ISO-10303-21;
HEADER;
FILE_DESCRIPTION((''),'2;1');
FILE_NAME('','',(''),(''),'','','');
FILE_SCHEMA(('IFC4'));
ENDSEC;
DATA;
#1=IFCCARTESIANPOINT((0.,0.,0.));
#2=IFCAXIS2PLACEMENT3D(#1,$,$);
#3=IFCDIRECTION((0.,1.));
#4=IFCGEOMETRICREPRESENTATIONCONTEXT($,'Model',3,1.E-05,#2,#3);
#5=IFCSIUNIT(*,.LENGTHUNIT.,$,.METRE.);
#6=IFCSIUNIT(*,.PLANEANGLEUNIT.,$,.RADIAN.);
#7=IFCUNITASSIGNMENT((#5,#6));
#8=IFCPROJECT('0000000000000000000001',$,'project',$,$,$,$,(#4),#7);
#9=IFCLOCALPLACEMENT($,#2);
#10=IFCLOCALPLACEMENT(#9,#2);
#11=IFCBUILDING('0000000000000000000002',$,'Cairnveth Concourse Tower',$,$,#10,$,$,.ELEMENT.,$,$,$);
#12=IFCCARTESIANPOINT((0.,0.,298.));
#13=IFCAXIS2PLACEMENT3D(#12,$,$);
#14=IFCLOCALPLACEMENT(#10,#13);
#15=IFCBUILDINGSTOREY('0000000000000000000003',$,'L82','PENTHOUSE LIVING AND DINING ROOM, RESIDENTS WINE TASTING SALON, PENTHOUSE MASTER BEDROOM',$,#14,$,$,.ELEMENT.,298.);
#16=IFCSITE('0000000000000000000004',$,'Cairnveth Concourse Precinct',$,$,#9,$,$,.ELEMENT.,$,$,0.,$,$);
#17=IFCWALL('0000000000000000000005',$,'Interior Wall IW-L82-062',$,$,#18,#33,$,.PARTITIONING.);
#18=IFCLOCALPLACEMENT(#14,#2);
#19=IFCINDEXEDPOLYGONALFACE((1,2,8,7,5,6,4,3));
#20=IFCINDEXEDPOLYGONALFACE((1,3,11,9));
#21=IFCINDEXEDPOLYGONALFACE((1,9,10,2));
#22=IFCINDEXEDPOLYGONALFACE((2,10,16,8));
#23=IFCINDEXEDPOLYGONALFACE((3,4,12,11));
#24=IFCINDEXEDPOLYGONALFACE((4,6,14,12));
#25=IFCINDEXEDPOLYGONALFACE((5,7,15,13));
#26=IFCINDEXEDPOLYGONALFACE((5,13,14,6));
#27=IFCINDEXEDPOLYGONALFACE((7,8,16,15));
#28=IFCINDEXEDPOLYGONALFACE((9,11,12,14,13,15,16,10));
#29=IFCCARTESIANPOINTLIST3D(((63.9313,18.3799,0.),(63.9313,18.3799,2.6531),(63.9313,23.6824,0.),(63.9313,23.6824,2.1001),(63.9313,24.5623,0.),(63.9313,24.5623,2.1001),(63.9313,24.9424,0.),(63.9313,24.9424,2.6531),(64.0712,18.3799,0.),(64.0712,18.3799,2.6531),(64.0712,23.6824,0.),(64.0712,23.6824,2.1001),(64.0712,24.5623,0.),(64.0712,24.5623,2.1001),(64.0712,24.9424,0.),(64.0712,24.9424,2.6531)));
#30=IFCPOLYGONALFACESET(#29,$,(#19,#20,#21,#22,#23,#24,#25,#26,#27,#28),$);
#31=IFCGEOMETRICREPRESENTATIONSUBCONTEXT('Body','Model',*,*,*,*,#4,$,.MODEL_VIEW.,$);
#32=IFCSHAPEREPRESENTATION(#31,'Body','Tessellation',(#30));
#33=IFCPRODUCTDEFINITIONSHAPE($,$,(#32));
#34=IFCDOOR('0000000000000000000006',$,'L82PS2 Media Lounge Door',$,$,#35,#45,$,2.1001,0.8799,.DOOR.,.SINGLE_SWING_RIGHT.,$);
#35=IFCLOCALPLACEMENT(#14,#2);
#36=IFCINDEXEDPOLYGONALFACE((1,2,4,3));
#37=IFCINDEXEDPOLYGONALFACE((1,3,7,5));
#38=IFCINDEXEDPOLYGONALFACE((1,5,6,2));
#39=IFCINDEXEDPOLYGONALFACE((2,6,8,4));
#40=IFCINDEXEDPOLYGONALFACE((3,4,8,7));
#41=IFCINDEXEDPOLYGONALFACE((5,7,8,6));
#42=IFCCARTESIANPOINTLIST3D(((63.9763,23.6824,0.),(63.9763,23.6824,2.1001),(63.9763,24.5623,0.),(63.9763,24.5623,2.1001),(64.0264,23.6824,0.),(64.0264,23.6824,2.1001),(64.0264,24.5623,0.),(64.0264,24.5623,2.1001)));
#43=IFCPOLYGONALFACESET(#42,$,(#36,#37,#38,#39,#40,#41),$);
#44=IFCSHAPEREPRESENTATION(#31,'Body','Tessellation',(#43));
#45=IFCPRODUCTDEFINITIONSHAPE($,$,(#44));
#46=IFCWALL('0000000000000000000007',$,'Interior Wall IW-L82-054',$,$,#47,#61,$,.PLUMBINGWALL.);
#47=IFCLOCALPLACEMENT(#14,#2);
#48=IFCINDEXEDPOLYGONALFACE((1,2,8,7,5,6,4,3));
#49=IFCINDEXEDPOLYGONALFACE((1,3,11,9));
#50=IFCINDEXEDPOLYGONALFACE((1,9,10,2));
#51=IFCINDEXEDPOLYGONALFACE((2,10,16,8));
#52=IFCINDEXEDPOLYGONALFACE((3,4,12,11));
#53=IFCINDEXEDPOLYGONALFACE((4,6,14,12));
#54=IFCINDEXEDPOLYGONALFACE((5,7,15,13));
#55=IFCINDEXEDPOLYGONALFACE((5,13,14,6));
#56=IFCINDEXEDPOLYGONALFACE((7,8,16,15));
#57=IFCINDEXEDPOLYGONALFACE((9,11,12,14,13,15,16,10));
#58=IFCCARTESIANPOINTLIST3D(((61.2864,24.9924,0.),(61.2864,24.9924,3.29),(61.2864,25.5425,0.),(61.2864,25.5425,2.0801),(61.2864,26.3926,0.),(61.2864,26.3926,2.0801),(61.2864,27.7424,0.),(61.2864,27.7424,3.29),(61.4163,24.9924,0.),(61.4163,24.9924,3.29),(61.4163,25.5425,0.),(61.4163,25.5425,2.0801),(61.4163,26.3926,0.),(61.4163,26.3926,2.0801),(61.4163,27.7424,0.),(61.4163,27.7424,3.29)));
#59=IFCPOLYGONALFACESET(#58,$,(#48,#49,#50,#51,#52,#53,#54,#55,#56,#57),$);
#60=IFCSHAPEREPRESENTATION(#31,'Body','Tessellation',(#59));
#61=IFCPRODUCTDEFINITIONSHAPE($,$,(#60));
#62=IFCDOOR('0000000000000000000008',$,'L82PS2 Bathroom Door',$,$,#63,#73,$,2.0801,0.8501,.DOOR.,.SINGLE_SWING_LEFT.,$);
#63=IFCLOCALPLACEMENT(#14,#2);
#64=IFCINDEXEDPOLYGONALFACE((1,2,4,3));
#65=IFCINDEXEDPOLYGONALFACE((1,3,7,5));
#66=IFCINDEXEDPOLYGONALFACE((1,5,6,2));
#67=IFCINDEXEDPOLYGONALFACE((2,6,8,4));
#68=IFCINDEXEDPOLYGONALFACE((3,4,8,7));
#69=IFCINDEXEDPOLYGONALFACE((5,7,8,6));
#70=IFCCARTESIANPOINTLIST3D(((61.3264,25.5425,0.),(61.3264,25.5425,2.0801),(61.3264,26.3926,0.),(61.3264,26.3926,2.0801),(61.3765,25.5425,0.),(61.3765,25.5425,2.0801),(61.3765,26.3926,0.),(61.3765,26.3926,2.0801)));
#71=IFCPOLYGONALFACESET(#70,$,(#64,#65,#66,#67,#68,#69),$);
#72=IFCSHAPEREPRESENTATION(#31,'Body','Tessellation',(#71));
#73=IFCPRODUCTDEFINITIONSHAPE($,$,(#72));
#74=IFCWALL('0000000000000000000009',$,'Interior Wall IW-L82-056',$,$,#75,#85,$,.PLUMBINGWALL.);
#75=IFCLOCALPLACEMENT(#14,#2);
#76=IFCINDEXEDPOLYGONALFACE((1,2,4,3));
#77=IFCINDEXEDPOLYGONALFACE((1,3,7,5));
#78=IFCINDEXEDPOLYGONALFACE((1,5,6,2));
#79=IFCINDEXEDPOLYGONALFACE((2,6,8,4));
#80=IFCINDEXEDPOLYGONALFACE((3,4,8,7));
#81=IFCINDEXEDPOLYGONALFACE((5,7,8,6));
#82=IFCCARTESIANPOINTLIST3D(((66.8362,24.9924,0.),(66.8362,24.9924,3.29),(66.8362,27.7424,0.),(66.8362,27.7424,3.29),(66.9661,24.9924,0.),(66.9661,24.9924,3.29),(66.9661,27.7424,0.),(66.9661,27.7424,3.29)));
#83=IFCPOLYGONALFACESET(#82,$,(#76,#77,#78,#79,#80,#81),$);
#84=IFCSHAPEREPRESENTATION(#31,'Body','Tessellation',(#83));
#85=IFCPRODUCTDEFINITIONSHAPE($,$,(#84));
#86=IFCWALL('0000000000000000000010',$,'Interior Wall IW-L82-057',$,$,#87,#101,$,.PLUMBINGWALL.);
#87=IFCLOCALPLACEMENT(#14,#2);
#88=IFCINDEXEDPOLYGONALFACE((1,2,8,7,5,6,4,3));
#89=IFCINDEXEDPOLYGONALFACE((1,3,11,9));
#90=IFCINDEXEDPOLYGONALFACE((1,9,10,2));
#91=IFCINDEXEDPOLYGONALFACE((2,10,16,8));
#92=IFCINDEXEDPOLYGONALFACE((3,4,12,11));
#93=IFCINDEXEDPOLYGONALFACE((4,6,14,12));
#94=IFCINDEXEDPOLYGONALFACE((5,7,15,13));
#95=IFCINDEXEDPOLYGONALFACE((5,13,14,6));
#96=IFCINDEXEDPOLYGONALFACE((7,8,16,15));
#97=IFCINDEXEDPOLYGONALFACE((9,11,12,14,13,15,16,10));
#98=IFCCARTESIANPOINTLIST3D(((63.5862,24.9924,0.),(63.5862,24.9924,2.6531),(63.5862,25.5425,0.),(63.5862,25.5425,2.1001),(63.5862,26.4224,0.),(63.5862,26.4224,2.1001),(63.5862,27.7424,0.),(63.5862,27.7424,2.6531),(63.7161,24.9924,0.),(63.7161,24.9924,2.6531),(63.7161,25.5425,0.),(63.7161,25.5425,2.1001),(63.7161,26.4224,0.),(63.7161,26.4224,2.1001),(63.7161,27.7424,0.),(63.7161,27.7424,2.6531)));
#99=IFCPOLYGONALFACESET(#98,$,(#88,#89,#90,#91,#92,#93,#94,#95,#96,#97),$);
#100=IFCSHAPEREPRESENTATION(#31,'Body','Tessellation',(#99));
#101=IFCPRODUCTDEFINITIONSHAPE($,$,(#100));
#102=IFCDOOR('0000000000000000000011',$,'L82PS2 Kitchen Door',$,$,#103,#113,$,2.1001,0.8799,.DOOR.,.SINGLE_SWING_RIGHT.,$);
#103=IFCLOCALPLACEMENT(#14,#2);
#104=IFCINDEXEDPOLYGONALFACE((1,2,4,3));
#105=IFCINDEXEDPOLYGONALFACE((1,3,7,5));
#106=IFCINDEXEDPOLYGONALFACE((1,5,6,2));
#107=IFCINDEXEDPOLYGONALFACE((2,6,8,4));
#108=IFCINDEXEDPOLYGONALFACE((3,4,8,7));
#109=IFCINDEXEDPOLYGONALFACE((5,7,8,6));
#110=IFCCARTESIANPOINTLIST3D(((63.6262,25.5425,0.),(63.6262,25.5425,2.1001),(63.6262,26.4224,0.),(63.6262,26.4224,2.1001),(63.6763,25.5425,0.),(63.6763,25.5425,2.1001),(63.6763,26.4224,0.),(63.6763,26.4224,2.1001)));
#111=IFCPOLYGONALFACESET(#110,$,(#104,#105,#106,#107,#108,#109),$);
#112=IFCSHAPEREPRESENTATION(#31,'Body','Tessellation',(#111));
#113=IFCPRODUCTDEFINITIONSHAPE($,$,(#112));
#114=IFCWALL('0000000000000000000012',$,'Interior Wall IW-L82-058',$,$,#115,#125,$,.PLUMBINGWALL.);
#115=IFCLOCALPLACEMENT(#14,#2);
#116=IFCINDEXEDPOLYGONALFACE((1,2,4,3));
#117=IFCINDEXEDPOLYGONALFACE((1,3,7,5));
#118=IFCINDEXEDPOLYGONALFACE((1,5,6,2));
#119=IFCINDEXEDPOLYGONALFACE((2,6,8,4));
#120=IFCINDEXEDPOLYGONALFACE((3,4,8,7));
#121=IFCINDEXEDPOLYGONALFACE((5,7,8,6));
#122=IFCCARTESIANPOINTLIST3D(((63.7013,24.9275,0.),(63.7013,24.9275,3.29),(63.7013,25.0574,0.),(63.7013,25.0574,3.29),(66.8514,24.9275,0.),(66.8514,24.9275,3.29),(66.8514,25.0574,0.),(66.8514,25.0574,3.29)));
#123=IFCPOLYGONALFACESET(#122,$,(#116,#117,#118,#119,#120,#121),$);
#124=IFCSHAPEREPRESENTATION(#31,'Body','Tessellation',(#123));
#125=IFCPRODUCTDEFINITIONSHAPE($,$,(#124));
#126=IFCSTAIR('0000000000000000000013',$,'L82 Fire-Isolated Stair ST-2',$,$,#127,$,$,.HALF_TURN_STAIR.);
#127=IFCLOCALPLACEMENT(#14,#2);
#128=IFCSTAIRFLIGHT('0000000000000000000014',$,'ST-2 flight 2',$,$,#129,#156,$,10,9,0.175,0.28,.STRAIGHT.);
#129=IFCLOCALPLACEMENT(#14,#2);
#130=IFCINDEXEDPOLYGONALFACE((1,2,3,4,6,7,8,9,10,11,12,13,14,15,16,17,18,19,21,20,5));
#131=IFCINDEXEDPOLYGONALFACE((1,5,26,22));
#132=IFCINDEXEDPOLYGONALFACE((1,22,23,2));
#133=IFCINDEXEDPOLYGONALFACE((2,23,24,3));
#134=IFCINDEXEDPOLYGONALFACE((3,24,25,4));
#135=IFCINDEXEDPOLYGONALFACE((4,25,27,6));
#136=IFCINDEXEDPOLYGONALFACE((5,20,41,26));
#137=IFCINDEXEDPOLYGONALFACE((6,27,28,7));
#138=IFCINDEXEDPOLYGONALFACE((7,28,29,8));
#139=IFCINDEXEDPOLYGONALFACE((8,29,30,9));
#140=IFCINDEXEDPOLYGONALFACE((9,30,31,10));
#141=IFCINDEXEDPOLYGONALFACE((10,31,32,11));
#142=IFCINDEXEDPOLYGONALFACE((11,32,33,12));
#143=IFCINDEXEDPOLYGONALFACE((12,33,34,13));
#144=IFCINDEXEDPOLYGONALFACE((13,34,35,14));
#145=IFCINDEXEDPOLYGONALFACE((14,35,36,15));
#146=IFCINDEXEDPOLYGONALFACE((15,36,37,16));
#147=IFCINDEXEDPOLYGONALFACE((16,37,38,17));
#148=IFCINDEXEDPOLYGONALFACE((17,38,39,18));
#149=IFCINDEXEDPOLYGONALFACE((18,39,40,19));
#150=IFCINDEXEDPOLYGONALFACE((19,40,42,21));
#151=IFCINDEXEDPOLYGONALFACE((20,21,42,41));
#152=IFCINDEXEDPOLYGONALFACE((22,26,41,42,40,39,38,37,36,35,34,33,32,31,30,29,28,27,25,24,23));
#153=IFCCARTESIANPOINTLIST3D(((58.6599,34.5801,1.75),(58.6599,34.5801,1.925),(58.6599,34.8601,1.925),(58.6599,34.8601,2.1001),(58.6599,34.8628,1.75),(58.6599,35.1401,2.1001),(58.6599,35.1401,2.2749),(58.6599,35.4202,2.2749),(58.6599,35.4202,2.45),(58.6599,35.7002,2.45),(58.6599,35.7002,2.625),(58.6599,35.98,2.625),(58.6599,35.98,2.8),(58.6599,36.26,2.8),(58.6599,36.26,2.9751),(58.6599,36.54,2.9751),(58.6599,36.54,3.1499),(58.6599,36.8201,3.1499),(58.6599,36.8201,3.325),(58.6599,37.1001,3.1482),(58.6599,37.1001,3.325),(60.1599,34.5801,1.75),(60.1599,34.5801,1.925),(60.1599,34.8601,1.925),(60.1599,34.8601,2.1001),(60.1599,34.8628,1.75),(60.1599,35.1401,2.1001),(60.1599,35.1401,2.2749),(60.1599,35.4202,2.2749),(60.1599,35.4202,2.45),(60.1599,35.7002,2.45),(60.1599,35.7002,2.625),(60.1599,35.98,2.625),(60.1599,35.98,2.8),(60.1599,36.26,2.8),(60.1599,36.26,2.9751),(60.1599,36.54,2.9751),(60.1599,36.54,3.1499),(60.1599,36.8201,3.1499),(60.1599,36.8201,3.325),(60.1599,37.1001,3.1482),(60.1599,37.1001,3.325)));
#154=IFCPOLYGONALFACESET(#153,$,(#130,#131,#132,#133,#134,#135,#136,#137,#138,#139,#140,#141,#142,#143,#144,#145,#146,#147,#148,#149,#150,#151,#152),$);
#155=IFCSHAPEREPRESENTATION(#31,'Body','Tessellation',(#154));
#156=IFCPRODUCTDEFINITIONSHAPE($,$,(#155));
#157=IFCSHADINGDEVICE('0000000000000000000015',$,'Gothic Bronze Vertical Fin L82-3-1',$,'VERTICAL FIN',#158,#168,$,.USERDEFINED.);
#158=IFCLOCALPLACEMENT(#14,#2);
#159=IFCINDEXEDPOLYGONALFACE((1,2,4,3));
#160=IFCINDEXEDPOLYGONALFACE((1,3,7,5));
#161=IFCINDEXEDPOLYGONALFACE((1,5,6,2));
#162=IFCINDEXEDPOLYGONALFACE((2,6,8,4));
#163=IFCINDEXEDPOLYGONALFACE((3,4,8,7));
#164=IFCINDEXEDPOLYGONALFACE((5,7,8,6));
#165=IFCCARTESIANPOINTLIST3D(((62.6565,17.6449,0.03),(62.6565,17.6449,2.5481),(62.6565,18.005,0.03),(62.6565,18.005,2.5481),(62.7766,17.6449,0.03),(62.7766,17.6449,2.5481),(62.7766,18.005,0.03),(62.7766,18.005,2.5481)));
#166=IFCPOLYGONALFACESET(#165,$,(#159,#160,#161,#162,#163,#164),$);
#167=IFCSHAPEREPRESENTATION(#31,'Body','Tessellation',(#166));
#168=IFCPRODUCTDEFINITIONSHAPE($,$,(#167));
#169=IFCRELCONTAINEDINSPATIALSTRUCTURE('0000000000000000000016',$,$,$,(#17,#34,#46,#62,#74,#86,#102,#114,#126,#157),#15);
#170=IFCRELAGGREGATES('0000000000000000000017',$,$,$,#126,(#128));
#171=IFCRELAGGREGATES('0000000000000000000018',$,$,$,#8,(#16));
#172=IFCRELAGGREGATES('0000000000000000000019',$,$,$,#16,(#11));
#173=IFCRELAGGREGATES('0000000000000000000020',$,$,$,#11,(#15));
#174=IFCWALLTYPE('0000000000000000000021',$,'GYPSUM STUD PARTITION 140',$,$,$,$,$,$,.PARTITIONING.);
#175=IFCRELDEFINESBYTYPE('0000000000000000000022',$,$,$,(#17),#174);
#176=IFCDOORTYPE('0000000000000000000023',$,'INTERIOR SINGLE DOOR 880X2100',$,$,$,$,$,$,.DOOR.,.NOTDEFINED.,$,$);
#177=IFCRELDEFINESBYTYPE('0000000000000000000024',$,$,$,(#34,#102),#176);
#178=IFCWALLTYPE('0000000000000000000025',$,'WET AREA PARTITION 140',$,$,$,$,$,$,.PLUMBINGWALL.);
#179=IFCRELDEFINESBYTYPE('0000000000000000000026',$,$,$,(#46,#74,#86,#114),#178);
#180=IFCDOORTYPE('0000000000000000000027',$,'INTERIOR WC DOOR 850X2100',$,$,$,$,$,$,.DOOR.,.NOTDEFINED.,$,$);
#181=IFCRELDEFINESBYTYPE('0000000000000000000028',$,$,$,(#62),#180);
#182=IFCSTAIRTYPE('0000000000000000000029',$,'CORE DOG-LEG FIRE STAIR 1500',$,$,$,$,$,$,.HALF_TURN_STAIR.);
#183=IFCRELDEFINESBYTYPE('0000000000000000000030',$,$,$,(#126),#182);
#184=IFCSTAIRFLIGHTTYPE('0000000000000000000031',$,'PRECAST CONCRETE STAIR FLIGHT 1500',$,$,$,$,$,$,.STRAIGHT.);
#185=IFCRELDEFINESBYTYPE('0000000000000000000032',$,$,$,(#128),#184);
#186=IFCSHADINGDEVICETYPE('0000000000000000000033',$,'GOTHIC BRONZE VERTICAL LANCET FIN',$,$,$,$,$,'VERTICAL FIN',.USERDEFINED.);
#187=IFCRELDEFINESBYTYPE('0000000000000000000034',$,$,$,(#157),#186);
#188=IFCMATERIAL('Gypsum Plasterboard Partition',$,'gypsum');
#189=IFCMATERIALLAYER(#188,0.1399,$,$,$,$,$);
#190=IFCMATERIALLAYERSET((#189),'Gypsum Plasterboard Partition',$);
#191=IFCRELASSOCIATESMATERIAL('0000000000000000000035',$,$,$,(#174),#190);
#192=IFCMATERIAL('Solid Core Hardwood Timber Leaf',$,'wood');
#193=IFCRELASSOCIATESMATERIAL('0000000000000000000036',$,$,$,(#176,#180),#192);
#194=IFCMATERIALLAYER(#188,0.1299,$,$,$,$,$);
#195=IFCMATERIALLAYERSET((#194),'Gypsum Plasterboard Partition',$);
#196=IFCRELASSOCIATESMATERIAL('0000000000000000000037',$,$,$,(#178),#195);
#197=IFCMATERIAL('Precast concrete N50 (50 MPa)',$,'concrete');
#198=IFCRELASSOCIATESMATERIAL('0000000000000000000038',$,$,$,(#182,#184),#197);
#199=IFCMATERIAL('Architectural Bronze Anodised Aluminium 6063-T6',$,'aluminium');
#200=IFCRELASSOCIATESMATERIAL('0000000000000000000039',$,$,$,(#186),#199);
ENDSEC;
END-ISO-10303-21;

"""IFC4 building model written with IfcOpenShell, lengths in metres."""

from ifc_helpers import new_model, si_unit, direction, frame, frame_2d, origin, origin_2d, place, context, subcontext, project, spatial, polyline, rectangle, outline, extrude, material, layer, layer_set, type_object, element, fill, aggregate, save


model = new_model("IFC4")

# Units and contexts
model_context = context("Model", 3, precision=1e-05, world=origin(), true_north=direction((0.0, 1.0)))
body_context = subcontext(model_context, "Body", "Model", "MODEL_VIEW")
ifc_project = project(units=[si_unit("LENGTHUNIT", "METRE"), si_unit("PLANEANGLEUNIT", "RADIAN")], contexts=[model_context])

# Site, building, storey
site_placement = place(None, origin())
site = spatial("IfcSite", under=ifc_project, at=site_placement, Name="Cairnveth Concourse Precinct", CompositionType="ELEMENT", RefElevation=0.0)
building_placement = place(site_placement, origin())
building = spatial("IfcBuilding", under=site, at=building_placement, Name="Cairnveth Concourse Tower", CompositionType="ELEMENT")
storey_placement = place(building_placement, frame((0.0, 0.0, 298.0)))
storey = spatial("IfcBuildingStorey", under=building, at=storey_placement, Name="L82", Description="PENTHOUSE LIVING AND DINING ROOM, RESIDENTS WINE TASTING SALON, PENTHOUSE MASTER BEDROOM", CompositionType="ELEMENT", Elevation=298.0)

# Shared definitions
ifc_material_1 = material(Name="Gypsum Plasterboard Partition", Category="gypsum")
ifc_material_2 = material(Name="Solid Core Hardwood Timber Leaf", Category="wood")

# Walls, openings, doors
ifc_layer_1 = layer(ifc_material_1, 0.1399)
ifc_layer_set_1 = layer_set([ifc_layer_1], Name="Gypsum Plasterboard Partition")
wall_type_1 = type_object("IfcWallType", Name="GYPSUM STUD PARTITION 140", PredefinedType="PARTITIONING", material=ifc_layer_set_1)
door_type_1 = type_object("IfcDoorType", Name="INTERIOR SINGLE DOOR 880X2100", OperationType="NOTDEFINED", PredefinedType="DOOR", material=ifc_material_2)
wall_1_placement = place(storey_placement, frame((64.0012, 18.3799, 0.0), z_axis=(0.0, 0.0, 1.0), x_axis=(0.0, 1.0, 0.0)))
wall_1 = element("IfcWall", 1, at=wall_1_placement, inside=storey, type_object=wall_type_1, Name="Interior Wall IW-L82-062", PredefinedType="PARTITIONING", context=body_context, shape_type="SweptSolid", body=[
    extrude(rectangle(XDim=6.5625, YDim=0.1399, at=frame_2d((3.2812, 0.0))), origin(), (0.0, 0.0, 1.0), 2.6531),
])
opening_1_placement = place(wall_1_placement, frame((5.3025, 0.0, 0.0)))
opening_1 = element("IfcOpeningElement", 2, at=opening_1_placement, cuts=wall_1, PredefinedType="OPENING", context=body_context, shape_type="SweptSolid", body=[
    extrude(rectangle(XDim=0.8799, YDim=2.1001, at=frame_2d((0.4399, 1.05))), frame((0.0, 0.0798, 0.0), z_axis=(0.0, -1.0, 0.0), x_axis=(1.0, 0.0, 0.0)), (0.0, 0.0, 1.0), 0.1599),
])
door_1_placement = place(opening_1_placement, origin())
door_1 = element("IfcDoor", 3, at=door_1_placement, inside=storey, type_object=door_type_1, Name="L82PS2 Media Lounge Door", OperationType="SINGLE_SWING_RIGHT", OverallHeight=2.1001, OverallWidth=0.8799, PredefinedType="DOOR", context=body_context, shape_type="SweptSolid", body=[
    extrude(rectangle(XDim=0.8799, YDim=2.1001, at=frame_2d((0.4399, 1.05))), frame((0.0, 0.0249, 0.0), z_axis=(0.0, -1.0, 0.0), x_axis=(1.0, 0.0, 0.0)), (0.0, 0.0, 1.0), 0.05),
])
fill(opening_1, door_1)
ifc_layer_2 = layer(ifc_material_1, 0.1299)
ifc_layer_set_2 = layer_set([ifc_layer_2], Name="Gypsum Plasterboard Partition")
wall_type_2 = type_object("IfcWallType", Name="WET AREA PARTITION 140", PredefinedType="PLUMBINGWALL", material=ifc_layer_set_2)
wall_2_placement = place(storey_placement, frame((61.3513, 24.9924, 0.0), z_axis=(0.0, 0.0, 1.0), x_axis=(0.0, 1.0, 0.0)))
wall_2 = element("IfcWall", 4, at=wall_2_placement, inside=storey, type_object=wall_type_2, Name="Interior Wall IW-L82-054", PredefinedType="PLUMBINGWALL", context=body_context, shape_type="SweptSolid", body=[
    extrude(rectangle(XDim=2.75, YDim=0.1299, at=frame_2d((1.375, 0.0))), origin(), (0.0, 0.0, 1.0), 3.29),
])
opening_2_placement = place(wall_2_placement, frame((0.55, 0.0, 0.0)))
opening_2 = element("IfcOpeningElement", 5, at=opening_2_placement, cuts=wall_2, PredefinedType="OPENING", context=body_context, shape_type="SweptSolid", body=[
    extrude(rectangle(XDim=0.8501, YDim=2.0801, at=frame_2d((0.425, 1.04))), frame((0.0, 0.075, 0.0), z_axis=(0.0, -1.0, 0.0), x_axis=(1.0, 0.0, 0.0)), (0.0, 0.0, 1.0), 0.1499),
])
door_type_2 = type_object("IfcDoorType", Name="INTERIOR WC DOOR 850X2100", OperationType="NOTDEFINED", PredefinedType="DOOR", material=ifc_material_2)
door_2_placement = place(opening_2_placement, origin())
door_2 = element("IfcDoor", 6, at=door_2_placement, inside=storey, type_object=door_type_2, Name="L82PS2 Bathroom Door", OperationType="SINGLE_SWING_LEFT", OverallHeight=2.0801, OverallWidth=0.8501, PredefinedType="DOOR", context=body_context, shape_type="SweptSolid", body=[
    extrude(rectangle(XDim=0.8501, YDim=2.0801, at=frame_2d((0.425, 1.04))), frame((0.0, 0.0249, 0.0), z_axis=(0.0, -1.0, 0.0), x_axis=(1.0, 0.0, 0.0)), (0.0, 0.0, 1.0), 0.05),
])
fill(opening_2, door_2)

# Wall
wall_3_placement = place(storey_placement, frame((66.9011, 24.9924, 0.0), z_axis=(0.0, 0.0, 1.0), x_axis=(0.0, 1.0, 0.0)))
element("IfcWall", 7, at=wall_3_placement, inside=storey, type_object=wall_type_2, Name="Interior Wall IW-L82-056", PredefinedType="PLUMBINGWALL", context=body_context, shape_type="SweptSolid", body=[
    extrude(rectangle(XDim=2.75, YDim=0.1299, at=frame_2d((1.375, 0.0))), origin(), (0.0, 0.0, 1.0), 3.29),
])

# Wall, opening, door
wall_4_placement = place(storey_placement, frame((63.6511, 24.9924, 0.0), z_axis=(0.0, 0.0, 1.0), x_axis=(0.0, 1.0, 0.0)))
wall_4 = element("IfcWall", 8, at=wall_4_placement, inside=storey, type_object=wall_type_2, Name="Interior Wall IW-L82-057", PredefinedType="PLUMBINGWALL", context=body_context, shape_type="SweptSolid", body=[
    extrude(rectangle(XDim=2.75, YDim=0.1299, at=frame_2d((1.375, 0.0))), origin(), (0.0, 0.0, 1.0), 2.6531),
])
opening_3_placement = place(wall_4_placement, frame((0.55, 0.0, 0.0)))
opening_3 = element("IfcOpeningElement", 9, at=opening_3_placement, cuts=wall_4, PredefinedType="OPENING", context=body_context, shape_type="SweptSolid", body=[
    extrude(rectangle(XDim=0.8799, YDim=2.1001, at=frame_2d((0.4399, 1.05))), frame((0.0, 0.075, 0.0), z_axis=(0.0, -1.0, 0.0), x_axis=(1.0, 0.0, 0.0)), (0.0, 0.0, 1.0), 0.1499),
])
door_3_placement = place(opening_3_placement, origin())
door_3 = element("IfcDoor", 10, at=door_3_placement, inside=storey, type_object=door_type_1, Name="L82PS2 Kitchen Door", OperationType="SINGLE_SWING_RIGHT", OverallHeight=2.1001, OverallWidth=0.8799, PredefinedType="DOOR", context=body_context, shape_type="SweptSolid", body=[
    extrude(rectangle(XDim=0.8799, YDim=2.1001, at=frame_2d((0.4399, 1.05))), frame((0.0, 0.0249, 0.0), z_axis=(0.0, -1.0, 0.0), x_axis=(1.0, 0.0, 0.0)), (0.0, 0.0, 1.0), 0.05),
])
fill(opening_3, door_3)

# Wall
wall_5_placement = place(storey_placement, frame((63.7012, 24.9924, 0.0), z_axis=(0.0, 0.0, 1.0), x_axis=(1.0, 0.0, 0.0)))
element("IfcWall", 11, at=wall_5_placement, inside=storey, type_object=wall_type_2, Name="Interior Wall IW-L82-058", PredefinedType="PLUMBINGWALL", context=body_context, shape_type="SweptSolid", body=[
    extrude(rectangle(XDim=3.1501, YDim=0.1299, at=frame_2d((1.5752, 0.0))), origin(), (0.0, 0.0, 1.0), 3.29),
])

# Stair, stair flight
ifc_material_3 = material(Name="Precast concrete N50 (50 MPa)", Category="concrete")
stair_type = type_object("IfcStairType", Name="CORE DOG-LEG FIRE STAIR 1500", PredefinedType="HALF_TURN_STAIR", material=ifc_material_3)
stair_placement = place(storey_placement, origin())
stair = element("IfcStair", 12, at=stair_placement, inside=storey, type_object=stair_type, Name="L82 Fire-Isolated Stair ST-2", PredefinedType="HALF_TURN_STAIR")
stair_flight_type = type_object("IfcStairFlightType", Name="PRECAST CONCRETE STAIR FLIGHT 1500", PredefinedType="STRAIGHT", material=ifc_material_3)
stair_flight_placement = place(storey_placement, frame((59.4099, 34.5801, 1.75), z_axis=(0.0, 0.0, 1.0), x_axis=(0.0, 1.0, 0.0)))
stair_flight = element("IfcStairFlight", 13, at=stair_flight_placement, type_object=stair_flight_type, Name="ST-2 flight 2", NumberOfRisers=10, NumberOfTreads=9, PredefinedType="STRAIGHT", RiserHeight=0.175, TreadLength=0.28, context=body_context, shape_type="SweptSolid", body=[
    extrude(outline(polyline([(0.0, 0.0), (0.0, 0.175), (0.28, 0.175), (0.28, 0.3501), (0.5601, 0.3501), (0.5601, 0.5249), (0.8401, 0.5249), (0.8401, 0.7), (1.1201, 0.7), (1.1201, 0.875), (1.3999, 0.875), (1.3999, 1.05), (1.6799, 1.05), (1.6799, 1.2251), (1.96, 1.2251), (1.96, 1.3999), (2.24, 1.3999), (2.24, 1.575), (2.52, 1.575), (2.52, 1.75), (2.52, 1.3982), (0.2827, 0.0), (0.0, 0.0)])), frame((0.0, 0.75, 0.0), z_axis=(0.0, -1.0, 0.0), x_axis=(1.0, 0.0, 0.0)), (0.0, 0.0, 1.0), 1.5),
])
aggregate(stair, [stair_flight])

# Shading device
ifc_material_4 = material(Name="Architectural Bronze Anodised Aluminium 6063-T6", Category="aluminium")
shading_device_type = type_object("IfcShadingDeviceType", Name="GOTHIC BRONZE VERTICAL LANCET FIN", ElementType="VERTICAL FIN", PredefinedType="USERDEFINED", material=ifc_material_4)
shading_device_placement = place(storey_placement, frame((62.7166, 17.825, 0.03), z_axis=(0.0, 0.0, 1.0), x_axis=(1.0, 0.0, 0.0)))
element("IfcShadingDevice", 14, at=shading_device_placement, inside=storey, type_object=shading_device_type, Name="Gothic Bronze Vertical Fin L82-3-1", ObjectType="VERTICAL FIN", PredefinedType="USERDEFINED", context=body_context, shape_type="SweptSolid", body=[
    extrude(rectangle(XDim=0.1201, YDim=0.3601, at=origin_2d()), origin(), (0.0, 0.0, 1.0), 2.5181),
])

save(model, "model.ifc")
